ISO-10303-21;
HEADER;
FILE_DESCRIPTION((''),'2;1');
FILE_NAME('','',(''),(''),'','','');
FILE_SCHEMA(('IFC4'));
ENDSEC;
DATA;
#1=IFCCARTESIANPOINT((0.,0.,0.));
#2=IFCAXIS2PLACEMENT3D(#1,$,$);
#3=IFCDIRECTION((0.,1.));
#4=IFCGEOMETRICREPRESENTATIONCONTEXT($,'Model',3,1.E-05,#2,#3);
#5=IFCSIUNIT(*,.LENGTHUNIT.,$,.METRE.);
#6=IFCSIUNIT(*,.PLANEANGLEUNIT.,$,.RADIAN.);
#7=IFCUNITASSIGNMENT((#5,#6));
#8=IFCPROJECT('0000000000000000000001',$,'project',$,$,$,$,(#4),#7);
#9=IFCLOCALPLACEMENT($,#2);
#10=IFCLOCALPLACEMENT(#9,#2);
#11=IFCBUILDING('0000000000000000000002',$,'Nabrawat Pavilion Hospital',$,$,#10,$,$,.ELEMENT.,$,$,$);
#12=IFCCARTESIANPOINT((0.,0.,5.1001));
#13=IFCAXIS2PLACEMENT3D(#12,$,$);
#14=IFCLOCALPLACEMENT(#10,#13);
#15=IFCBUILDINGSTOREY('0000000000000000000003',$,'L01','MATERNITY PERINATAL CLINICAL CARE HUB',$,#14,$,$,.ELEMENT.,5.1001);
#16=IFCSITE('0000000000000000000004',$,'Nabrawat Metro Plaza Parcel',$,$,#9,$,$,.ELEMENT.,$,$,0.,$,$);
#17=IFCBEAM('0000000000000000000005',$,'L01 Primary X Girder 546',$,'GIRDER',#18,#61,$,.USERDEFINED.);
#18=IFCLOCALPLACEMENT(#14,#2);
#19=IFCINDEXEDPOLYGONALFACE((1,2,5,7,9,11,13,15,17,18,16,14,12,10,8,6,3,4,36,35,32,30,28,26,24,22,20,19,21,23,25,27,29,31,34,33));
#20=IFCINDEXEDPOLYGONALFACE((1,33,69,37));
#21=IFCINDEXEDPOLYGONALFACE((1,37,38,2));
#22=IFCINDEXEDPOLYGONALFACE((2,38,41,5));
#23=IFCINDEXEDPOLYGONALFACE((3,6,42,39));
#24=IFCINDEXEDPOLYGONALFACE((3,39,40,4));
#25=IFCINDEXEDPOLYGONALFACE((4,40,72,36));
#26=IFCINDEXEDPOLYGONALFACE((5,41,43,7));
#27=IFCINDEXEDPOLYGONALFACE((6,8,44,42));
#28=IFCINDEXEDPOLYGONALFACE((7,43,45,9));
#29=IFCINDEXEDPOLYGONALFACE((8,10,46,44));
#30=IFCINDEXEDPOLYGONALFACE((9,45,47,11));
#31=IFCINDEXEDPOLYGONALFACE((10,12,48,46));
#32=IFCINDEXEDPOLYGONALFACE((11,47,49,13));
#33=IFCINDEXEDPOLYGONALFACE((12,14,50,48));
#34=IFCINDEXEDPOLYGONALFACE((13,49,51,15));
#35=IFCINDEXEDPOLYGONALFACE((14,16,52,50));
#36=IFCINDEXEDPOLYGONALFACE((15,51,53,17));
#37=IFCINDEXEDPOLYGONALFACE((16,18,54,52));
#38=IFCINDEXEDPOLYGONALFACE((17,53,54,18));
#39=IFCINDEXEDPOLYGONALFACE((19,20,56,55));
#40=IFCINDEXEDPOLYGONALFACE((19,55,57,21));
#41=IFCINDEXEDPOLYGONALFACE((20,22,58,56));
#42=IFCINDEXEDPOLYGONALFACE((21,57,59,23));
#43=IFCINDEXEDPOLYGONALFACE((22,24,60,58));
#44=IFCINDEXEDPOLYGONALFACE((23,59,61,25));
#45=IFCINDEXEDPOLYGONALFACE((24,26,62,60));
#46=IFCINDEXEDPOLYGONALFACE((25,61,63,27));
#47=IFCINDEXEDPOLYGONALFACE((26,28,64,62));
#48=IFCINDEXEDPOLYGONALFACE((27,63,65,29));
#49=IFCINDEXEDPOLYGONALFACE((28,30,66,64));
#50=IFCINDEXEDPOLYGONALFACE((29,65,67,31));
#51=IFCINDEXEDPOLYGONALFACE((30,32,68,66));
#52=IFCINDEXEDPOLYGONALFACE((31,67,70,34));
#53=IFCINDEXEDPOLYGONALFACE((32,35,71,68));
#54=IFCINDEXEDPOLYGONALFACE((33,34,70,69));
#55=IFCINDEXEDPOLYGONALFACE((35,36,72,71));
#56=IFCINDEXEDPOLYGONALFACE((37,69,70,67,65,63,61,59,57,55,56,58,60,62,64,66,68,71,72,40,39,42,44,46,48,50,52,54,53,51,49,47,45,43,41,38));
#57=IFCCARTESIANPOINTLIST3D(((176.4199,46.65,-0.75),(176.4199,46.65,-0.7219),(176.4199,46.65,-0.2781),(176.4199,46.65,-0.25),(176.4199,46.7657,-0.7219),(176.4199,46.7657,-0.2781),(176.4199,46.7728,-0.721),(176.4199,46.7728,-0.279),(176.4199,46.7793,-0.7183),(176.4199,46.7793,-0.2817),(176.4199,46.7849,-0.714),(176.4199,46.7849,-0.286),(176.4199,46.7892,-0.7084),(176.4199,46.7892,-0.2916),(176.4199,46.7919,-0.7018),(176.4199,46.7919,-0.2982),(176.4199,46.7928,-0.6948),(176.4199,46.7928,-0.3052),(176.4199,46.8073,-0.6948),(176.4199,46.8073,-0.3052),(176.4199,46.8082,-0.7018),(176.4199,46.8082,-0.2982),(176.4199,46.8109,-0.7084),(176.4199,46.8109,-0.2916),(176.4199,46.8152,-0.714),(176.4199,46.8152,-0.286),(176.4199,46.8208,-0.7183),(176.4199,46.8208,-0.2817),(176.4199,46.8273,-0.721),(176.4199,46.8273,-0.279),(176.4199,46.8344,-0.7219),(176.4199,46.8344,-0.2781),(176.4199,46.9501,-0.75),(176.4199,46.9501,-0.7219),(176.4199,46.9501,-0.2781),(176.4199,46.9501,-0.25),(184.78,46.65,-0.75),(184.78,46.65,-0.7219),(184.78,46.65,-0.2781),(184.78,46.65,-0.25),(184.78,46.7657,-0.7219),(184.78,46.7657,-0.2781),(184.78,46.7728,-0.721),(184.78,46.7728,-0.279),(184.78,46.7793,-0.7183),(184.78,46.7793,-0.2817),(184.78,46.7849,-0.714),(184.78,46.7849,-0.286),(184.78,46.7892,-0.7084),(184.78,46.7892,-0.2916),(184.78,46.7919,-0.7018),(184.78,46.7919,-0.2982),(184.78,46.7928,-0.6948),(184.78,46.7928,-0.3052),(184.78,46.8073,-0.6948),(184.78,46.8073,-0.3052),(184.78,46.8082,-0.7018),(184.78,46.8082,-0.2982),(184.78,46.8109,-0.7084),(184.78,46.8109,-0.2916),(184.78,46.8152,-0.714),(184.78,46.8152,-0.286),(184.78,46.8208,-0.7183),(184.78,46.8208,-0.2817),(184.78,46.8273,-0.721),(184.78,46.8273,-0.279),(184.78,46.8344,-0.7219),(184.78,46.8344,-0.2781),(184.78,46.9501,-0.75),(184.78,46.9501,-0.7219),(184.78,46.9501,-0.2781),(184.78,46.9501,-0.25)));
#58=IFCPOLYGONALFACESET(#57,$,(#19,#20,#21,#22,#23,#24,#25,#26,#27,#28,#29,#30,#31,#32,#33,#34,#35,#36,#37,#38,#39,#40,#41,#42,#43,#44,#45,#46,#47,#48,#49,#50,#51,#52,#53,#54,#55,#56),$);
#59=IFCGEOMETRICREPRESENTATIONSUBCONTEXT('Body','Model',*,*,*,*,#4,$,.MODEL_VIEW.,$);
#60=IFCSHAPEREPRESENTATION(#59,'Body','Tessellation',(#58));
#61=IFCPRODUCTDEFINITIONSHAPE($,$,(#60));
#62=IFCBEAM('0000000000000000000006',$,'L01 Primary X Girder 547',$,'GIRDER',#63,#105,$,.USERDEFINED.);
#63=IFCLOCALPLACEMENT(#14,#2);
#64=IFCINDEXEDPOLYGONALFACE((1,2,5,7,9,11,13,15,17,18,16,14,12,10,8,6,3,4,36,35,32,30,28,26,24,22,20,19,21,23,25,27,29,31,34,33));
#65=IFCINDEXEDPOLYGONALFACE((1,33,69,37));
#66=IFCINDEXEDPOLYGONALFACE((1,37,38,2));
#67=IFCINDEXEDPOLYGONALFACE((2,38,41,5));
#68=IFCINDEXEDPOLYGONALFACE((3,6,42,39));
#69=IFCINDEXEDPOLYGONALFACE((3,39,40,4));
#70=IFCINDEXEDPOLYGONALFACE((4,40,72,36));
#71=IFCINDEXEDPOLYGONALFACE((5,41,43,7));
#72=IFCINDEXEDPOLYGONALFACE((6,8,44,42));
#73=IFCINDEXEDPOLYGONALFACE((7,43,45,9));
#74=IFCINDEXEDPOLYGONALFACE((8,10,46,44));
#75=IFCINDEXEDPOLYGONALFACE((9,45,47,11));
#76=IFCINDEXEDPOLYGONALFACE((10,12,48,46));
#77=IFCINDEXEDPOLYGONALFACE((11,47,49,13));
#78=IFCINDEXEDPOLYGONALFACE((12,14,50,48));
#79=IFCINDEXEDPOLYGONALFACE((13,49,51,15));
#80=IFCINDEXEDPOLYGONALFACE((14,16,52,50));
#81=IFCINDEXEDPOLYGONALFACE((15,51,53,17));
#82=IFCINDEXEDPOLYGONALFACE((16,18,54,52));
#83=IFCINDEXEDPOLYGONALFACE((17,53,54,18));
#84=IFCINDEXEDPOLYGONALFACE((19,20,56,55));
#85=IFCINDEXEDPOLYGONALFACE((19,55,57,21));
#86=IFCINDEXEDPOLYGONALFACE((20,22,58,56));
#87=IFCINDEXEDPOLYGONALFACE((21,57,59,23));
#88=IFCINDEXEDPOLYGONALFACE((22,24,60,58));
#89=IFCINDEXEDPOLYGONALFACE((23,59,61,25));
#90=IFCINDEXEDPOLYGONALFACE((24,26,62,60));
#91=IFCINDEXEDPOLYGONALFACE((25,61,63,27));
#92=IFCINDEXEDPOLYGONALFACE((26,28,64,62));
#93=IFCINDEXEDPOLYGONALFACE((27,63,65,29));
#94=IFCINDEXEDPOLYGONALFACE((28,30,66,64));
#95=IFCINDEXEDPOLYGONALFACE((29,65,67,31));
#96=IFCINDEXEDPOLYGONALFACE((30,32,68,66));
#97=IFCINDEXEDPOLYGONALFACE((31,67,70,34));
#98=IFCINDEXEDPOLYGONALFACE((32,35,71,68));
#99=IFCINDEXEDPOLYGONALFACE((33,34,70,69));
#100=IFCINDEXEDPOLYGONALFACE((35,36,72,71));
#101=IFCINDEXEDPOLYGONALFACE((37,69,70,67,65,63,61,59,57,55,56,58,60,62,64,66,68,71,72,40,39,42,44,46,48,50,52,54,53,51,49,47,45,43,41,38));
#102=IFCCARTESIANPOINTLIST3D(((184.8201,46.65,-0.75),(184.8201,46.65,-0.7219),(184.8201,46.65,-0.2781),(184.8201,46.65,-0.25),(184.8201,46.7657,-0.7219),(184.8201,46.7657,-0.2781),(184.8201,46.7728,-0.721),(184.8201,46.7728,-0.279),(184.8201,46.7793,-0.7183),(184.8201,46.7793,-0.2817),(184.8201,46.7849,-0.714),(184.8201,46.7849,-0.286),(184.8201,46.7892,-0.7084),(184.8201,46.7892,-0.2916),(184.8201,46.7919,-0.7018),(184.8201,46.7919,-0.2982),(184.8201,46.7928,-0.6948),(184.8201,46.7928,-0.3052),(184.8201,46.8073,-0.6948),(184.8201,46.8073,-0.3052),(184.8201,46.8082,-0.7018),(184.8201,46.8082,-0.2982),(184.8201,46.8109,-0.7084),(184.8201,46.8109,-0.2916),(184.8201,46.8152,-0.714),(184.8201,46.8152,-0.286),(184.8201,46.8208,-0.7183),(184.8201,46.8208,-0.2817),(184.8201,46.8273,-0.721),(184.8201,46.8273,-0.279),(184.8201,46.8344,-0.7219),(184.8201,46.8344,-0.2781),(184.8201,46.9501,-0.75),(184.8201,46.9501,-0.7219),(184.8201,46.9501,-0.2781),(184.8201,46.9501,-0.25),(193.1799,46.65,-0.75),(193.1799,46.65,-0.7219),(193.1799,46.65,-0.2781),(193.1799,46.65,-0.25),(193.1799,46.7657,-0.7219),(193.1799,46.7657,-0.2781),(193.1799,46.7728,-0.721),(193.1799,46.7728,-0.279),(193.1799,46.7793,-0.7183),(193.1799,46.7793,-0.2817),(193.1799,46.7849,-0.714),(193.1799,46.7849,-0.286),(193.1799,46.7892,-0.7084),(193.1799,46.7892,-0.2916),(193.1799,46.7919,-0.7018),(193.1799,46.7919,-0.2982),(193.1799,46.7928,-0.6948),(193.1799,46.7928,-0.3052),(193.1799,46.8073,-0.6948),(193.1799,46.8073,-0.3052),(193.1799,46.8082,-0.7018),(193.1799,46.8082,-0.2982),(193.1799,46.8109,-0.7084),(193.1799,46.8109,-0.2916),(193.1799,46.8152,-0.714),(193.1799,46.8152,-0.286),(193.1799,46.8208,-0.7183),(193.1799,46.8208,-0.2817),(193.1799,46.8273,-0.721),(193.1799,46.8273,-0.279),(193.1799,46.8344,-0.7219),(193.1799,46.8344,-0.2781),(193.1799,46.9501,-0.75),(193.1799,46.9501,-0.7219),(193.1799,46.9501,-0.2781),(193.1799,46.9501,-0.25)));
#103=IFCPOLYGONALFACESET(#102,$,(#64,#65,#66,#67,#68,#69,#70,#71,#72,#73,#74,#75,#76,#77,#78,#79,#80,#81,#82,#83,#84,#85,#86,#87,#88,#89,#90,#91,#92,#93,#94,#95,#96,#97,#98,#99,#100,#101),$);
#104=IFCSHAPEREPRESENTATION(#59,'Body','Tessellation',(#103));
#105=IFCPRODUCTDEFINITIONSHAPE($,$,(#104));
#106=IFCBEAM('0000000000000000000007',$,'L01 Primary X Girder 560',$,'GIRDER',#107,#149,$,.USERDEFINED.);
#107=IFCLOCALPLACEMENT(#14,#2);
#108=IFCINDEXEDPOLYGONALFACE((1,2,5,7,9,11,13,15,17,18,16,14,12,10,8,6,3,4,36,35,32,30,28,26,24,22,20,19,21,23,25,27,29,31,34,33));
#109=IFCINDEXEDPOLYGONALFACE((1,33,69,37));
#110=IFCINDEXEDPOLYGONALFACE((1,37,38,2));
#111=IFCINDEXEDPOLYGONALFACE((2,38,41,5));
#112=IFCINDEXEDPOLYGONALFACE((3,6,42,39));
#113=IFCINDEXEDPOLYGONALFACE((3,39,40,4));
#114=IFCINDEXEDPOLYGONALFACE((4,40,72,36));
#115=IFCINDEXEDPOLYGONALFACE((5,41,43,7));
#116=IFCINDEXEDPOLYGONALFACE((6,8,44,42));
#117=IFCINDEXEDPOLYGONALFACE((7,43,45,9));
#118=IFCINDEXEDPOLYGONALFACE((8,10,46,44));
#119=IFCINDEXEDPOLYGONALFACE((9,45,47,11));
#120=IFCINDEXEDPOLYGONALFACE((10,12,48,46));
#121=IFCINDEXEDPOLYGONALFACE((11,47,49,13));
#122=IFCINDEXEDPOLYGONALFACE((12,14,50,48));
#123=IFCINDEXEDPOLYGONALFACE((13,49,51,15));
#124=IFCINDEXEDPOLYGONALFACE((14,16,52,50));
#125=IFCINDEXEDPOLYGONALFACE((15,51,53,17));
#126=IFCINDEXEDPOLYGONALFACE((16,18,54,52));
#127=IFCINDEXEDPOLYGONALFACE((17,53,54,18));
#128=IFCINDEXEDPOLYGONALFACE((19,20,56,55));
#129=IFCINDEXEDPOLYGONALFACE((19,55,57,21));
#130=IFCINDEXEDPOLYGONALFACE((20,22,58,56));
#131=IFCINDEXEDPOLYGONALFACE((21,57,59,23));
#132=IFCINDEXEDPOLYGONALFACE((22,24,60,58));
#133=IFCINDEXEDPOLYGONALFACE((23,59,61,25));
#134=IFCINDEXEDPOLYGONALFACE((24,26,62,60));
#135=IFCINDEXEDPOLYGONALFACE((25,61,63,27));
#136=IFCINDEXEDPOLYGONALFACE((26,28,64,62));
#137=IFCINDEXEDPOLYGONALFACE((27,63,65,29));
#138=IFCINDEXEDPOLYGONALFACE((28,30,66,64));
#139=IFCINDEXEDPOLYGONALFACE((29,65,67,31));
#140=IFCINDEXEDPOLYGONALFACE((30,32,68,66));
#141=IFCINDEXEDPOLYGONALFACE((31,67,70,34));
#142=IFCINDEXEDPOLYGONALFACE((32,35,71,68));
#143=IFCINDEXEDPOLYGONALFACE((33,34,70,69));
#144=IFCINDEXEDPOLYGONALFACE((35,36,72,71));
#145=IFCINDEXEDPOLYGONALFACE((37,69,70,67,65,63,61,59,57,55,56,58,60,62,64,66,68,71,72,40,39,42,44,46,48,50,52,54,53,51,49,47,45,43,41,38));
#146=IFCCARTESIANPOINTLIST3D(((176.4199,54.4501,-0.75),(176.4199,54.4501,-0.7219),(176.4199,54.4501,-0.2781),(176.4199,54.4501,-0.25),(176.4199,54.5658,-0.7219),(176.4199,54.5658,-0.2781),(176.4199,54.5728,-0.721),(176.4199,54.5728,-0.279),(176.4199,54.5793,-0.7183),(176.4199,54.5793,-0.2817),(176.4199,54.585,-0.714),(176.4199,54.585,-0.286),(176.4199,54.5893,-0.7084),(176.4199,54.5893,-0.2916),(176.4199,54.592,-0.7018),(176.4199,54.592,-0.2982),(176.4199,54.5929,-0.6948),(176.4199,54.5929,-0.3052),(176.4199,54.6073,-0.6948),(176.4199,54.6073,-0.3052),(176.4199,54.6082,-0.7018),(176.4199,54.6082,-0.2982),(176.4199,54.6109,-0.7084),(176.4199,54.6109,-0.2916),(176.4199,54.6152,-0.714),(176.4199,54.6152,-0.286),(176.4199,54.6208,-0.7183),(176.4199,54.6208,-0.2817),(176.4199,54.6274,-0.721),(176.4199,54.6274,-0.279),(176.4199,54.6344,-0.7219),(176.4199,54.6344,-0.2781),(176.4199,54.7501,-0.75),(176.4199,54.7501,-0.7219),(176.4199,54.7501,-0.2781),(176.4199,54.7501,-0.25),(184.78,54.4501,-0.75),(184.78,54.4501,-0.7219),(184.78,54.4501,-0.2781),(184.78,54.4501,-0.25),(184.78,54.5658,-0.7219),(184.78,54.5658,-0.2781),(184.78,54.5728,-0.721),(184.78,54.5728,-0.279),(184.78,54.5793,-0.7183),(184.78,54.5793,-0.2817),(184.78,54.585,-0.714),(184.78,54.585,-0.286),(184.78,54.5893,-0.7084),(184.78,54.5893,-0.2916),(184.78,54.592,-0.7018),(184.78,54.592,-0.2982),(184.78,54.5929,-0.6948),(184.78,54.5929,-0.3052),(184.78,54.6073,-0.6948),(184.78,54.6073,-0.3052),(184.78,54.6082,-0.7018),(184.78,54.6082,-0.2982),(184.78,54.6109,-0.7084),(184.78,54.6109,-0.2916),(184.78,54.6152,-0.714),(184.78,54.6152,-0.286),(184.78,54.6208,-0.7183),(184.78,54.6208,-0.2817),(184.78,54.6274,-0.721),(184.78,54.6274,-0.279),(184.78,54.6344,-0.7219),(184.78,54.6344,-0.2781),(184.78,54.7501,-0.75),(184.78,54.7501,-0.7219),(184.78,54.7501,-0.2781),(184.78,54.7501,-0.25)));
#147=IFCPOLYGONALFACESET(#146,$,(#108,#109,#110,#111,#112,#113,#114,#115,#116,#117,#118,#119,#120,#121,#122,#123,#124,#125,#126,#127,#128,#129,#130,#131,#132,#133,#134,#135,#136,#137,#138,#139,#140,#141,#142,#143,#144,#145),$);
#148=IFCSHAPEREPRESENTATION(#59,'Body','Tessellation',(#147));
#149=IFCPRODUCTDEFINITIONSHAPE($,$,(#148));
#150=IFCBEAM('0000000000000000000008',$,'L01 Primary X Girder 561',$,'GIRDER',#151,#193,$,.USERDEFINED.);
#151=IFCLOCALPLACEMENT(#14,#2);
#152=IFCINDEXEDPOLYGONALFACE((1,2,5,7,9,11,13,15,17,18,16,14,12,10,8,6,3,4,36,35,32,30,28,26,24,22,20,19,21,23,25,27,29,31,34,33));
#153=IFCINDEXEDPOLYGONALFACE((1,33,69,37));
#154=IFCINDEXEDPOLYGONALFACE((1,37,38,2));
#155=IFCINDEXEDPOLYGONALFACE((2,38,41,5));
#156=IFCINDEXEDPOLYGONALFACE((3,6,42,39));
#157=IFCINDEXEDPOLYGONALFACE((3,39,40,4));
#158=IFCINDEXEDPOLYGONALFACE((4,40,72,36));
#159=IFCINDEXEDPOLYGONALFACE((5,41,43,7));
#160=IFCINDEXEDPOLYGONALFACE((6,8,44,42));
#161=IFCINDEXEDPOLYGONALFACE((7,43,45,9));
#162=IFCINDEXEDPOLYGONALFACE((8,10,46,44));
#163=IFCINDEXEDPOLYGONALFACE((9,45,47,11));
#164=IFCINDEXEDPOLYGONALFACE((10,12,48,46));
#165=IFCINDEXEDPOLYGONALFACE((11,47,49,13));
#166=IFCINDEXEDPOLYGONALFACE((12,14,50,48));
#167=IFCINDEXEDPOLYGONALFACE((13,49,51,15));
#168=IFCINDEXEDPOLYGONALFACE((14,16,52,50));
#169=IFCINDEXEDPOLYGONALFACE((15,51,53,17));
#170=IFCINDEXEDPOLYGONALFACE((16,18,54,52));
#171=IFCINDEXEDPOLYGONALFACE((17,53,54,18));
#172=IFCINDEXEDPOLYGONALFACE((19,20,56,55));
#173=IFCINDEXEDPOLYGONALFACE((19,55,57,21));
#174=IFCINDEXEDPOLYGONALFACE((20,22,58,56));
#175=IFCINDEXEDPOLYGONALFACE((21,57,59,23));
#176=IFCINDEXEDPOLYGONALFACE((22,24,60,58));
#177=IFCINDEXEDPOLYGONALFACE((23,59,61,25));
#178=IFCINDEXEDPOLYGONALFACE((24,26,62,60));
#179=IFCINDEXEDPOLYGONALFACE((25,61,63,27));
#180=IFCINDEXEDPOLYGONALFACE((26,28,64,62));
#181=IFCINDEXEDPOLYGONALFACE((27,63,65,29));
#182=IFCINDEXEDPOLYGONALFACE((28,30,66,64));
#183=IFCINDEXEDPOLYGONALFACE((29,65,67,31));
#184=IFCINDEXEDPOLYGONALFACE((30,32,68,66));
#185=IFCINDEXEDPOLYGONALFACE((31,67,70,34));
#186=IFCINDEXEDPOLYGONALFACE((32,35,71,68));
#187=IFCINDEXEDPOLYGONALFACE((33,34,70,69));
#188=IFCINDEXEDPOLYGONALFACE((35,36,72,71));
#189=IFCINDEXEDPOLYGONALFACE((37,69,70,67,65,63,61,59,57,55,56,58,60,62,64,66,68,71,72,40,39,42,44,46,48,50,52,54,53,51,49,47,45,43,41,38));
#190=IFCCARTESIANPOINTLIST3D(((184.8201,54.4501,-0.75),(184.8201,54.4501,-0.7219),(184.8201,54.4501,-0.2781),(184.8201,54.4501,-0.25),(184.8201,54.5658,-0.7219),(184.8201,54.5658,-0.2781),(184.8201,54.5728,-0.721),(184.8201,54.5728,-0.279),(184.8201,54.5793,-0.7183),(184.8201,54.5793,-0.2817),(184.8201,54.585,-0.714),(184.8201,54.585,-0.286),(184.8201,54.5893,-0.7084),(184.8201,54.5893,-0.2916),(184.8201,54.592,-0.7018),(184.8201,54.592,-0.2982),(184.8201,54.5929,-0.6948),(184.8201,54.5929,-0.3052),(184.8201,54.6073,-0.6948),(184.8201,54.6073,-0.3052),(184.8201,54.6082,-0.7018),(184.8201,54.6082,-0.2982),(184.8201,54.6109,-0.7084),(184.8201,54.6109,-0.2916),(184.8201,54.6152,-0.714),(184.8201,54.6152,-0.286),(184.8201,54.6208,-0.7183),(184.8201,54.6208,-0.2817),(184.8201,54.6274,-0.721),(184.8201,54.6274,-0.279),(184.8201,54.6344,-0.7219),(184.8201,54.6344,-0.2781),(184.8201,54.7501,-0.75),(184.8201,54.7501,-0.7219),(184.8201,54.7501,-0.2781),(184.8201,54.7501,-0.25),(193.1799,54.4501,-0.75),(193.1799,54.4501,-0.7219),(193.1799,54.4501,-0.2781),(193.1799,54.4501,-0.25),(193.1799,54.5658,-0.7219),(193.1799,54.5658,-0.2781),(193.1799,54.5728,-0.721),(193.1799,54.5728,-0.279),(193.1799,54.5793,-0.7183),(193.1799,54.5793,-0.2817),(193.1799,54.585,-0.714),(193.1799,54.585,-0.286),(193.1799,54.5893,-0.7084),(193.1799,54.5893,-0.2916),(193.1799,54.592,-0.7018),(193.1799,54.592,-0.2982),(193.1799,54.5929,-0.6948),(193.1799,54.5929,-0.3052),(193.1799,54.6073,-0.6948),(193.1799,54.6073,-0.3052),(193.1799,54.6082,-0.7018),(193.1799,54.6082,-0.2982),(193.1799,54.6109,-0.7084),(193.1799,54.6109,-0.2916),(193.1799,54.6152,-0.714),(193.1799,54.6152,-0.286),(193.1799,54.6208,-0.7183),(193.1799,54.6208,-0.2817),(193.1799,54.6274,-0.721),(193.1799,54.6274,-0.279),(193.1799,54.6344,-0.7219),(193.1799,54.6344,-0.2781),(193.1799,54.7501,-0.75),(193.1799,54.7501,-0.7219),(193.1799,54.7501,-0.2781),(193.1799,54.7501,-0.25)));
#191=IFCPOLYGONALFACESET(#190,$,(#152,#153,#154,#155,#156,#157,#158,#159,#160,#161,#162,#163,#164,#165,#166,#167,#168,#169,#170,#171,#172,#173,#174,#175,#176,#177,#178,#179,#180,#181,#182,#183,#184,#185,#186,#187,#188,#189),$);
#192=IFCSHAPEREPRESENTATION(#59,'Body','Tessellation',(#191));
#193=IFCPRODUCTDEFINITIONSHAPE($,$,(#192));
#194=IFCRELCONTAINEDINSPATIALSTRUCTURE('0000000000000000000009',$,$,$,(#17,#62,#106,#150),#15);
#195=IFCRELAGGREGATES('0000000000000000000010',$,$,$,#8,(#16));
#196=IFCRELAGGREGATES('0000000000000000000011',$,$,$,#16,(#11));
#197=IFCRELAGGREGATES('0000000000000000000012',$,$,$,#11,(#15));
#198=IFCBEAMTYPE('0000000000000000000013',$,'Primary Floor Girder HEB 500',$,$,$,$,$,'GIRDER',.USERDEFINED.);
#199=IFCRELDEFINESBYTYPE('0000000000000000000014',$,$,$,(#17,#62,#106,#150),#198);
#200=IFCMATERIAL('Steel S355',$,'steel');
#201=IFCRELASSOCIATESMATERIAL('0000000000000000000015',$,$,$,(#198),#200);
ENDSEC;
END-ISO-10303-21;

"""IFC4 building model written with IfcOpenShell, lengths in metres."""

from ifc_helpers import new_model, si_unit, direction, frame, origin, origin_2d, place, context, subcontext, project, spatial, i_section, extrude, material, material_profile, profile_set, type_object, element, save


model = new_model("IFC4")

# Units and contexts
model_context = context("Model", 3, precision=1e-05, world=origin(), true_north=direction((0.0, 1.0)))
body_context = subcontext(model_context, "Body", "Model", "MODEL_VIEW")
ifc_project = project(units=[si_unit("LENGTHUNIT", "METRE"), si_unit("PLANEANGLEUNIT", "RADIAN")], contexts=[model_context])

# Site, building, storey
site_placement = place(None, origin())
site = spatial("IfcSite", under=ifc_project, at=site_placement, Name="Nabrawat Metro Plaza Parcel", CompositionType="ELEMENT", RefElevation=0.0)
building_placement = place(site_placement, origin())
building = spatial("IfcBuilding", under=site, at=building_placement, Name="Nabrawat Pavilion Hospital", CompositionType="ELEMENT")
storey_placement = place(building_placement, frame((0.0, 0.0, 5.1001)))
storey = spatial("IfcBuildingStorey", under=building, at=storey_placement, Name="L01", Description="MATERNITY PERINATAL CLINICAL CARE HUB", CompositionType="ELEMENT", Elevation=5.1001)

# Shared definitions
ifc_material_1 = material(Name="Steel S355", Category="steel")

# Beams
ifc_material_profile_1 = material_profile(ifc_material_1, i_section(OverallWidth=0.3, OverallDepth=0.5, WebThickness=0.0144, FlangeThickness=0.0281, FilletRadius=0.0271, at=origin_2d()), Name="HEB 500")
ifc_profile_set_1 = profile_set([ifc_material_profile_1], Name="Steel S355")
beam_type_1 = type_object("IfcBeamType", Name="Primary Floor Girder HEB 500", ElementType="GIRDER", PredefinedType="USERDEFINED", material=ifc_profile_set_1)
beam_1_placement = place(storey_placement, frame((176.4199, 46.8, -0.5), z_axis=(1.0, 0.0, 0.0), x_axis=(0.0, 1.0, 0.0)))
element("IfcBeam", 1, at=beam_1_placement, inside=storey, type_object=beam_type_1, Name="L01 Primary X Girder 546", ObjectType="GIRDER", PredefinedType="USERDEFINED", context=body_context, shape_type="SweptSolid", body=[
    extrude(i_section(OverallWidth=0.3, OverallDepth=0.5, WebThickness=0.0144, FlangeThickness=0.0281, FilletRadius=0.0271, at=origin_2d()), origin(), (0.0, 0.0, 1.0), 8.3601),
])
beam_2_placement = place(storey_placement, frame((184.8201, 46.8, -0.5), z_axis=(1.0, 0.0, 0.0), x_axis=(0.0, 1.0, 0.0)))
element("IfcBeam", 2, at=beam_2_placement, inside=storey, type_object=beam_type_1, Name="L01 Primary X Girder 547", ObjectType="GIRDER", PredefinedType="USERDEFINED", context=body_context, shape_type="SweptSolid", body=[
    extrude(i_section(OverallWidth=0.3, OverallDepth=0.5, WebThickness=0.0144, FlangeThickness=0.0281, FilletRadius=0.0271, at=origin_2d()), origin(), (0.0, 0.0, 1.0), 8.3599),
])
beam_3_placement = place(storey_placement, frame((176.4199, 54.6001, -0.5), z_axis=(1.0, 0.0, 0.0), x_axis=(0.0, 1.0, 0.0)))
element("IfcBeam", 3, at=beam_3_placement, inside=storey, type_object=beam_type_1, Name="L01 Primary X Girder 560", ObjectType="GIRDER", PredefinedType="USERDEFINED", context=body_context, shape_type="SweptSolid", body=[
    extrude(i_section(OverallWidth=0.3, OverallDepth=0.5, WebThickness=0.0144, FlangeThickness=0.0281, FilletRadius=0.0271, at=origin_2d()), origin(), (0.0, 0.0, 1.0), 8.3601),
])
beam_4_placement = place(storey_placement, frame((184.8201, 54.6001, -0.5), z_axis=(1.0, 0.0, 0.0), x_axis=(0.0, 1.0, 0.0)))
element("IfcBeam", 4, at=beam_4_placement, inside=storey, type_object=beam_type_1, Name="L01 Primary X Girder 561", ObjectType="GIRDER", PredefinedType="USERDEFINED", context=body_context, shape_type="SweptSolid", body=[
    extrude(i_section(OverallWidth=0.3, OverallDepth=0.5, WebThickness=0.0144, FlangeThickness=0.0281, FilletRadius=0.0271, at=origin_2d()), origin(), (0.0, 0.0, 1.0), 8.3599),
])

save(model, "model.ifc")
